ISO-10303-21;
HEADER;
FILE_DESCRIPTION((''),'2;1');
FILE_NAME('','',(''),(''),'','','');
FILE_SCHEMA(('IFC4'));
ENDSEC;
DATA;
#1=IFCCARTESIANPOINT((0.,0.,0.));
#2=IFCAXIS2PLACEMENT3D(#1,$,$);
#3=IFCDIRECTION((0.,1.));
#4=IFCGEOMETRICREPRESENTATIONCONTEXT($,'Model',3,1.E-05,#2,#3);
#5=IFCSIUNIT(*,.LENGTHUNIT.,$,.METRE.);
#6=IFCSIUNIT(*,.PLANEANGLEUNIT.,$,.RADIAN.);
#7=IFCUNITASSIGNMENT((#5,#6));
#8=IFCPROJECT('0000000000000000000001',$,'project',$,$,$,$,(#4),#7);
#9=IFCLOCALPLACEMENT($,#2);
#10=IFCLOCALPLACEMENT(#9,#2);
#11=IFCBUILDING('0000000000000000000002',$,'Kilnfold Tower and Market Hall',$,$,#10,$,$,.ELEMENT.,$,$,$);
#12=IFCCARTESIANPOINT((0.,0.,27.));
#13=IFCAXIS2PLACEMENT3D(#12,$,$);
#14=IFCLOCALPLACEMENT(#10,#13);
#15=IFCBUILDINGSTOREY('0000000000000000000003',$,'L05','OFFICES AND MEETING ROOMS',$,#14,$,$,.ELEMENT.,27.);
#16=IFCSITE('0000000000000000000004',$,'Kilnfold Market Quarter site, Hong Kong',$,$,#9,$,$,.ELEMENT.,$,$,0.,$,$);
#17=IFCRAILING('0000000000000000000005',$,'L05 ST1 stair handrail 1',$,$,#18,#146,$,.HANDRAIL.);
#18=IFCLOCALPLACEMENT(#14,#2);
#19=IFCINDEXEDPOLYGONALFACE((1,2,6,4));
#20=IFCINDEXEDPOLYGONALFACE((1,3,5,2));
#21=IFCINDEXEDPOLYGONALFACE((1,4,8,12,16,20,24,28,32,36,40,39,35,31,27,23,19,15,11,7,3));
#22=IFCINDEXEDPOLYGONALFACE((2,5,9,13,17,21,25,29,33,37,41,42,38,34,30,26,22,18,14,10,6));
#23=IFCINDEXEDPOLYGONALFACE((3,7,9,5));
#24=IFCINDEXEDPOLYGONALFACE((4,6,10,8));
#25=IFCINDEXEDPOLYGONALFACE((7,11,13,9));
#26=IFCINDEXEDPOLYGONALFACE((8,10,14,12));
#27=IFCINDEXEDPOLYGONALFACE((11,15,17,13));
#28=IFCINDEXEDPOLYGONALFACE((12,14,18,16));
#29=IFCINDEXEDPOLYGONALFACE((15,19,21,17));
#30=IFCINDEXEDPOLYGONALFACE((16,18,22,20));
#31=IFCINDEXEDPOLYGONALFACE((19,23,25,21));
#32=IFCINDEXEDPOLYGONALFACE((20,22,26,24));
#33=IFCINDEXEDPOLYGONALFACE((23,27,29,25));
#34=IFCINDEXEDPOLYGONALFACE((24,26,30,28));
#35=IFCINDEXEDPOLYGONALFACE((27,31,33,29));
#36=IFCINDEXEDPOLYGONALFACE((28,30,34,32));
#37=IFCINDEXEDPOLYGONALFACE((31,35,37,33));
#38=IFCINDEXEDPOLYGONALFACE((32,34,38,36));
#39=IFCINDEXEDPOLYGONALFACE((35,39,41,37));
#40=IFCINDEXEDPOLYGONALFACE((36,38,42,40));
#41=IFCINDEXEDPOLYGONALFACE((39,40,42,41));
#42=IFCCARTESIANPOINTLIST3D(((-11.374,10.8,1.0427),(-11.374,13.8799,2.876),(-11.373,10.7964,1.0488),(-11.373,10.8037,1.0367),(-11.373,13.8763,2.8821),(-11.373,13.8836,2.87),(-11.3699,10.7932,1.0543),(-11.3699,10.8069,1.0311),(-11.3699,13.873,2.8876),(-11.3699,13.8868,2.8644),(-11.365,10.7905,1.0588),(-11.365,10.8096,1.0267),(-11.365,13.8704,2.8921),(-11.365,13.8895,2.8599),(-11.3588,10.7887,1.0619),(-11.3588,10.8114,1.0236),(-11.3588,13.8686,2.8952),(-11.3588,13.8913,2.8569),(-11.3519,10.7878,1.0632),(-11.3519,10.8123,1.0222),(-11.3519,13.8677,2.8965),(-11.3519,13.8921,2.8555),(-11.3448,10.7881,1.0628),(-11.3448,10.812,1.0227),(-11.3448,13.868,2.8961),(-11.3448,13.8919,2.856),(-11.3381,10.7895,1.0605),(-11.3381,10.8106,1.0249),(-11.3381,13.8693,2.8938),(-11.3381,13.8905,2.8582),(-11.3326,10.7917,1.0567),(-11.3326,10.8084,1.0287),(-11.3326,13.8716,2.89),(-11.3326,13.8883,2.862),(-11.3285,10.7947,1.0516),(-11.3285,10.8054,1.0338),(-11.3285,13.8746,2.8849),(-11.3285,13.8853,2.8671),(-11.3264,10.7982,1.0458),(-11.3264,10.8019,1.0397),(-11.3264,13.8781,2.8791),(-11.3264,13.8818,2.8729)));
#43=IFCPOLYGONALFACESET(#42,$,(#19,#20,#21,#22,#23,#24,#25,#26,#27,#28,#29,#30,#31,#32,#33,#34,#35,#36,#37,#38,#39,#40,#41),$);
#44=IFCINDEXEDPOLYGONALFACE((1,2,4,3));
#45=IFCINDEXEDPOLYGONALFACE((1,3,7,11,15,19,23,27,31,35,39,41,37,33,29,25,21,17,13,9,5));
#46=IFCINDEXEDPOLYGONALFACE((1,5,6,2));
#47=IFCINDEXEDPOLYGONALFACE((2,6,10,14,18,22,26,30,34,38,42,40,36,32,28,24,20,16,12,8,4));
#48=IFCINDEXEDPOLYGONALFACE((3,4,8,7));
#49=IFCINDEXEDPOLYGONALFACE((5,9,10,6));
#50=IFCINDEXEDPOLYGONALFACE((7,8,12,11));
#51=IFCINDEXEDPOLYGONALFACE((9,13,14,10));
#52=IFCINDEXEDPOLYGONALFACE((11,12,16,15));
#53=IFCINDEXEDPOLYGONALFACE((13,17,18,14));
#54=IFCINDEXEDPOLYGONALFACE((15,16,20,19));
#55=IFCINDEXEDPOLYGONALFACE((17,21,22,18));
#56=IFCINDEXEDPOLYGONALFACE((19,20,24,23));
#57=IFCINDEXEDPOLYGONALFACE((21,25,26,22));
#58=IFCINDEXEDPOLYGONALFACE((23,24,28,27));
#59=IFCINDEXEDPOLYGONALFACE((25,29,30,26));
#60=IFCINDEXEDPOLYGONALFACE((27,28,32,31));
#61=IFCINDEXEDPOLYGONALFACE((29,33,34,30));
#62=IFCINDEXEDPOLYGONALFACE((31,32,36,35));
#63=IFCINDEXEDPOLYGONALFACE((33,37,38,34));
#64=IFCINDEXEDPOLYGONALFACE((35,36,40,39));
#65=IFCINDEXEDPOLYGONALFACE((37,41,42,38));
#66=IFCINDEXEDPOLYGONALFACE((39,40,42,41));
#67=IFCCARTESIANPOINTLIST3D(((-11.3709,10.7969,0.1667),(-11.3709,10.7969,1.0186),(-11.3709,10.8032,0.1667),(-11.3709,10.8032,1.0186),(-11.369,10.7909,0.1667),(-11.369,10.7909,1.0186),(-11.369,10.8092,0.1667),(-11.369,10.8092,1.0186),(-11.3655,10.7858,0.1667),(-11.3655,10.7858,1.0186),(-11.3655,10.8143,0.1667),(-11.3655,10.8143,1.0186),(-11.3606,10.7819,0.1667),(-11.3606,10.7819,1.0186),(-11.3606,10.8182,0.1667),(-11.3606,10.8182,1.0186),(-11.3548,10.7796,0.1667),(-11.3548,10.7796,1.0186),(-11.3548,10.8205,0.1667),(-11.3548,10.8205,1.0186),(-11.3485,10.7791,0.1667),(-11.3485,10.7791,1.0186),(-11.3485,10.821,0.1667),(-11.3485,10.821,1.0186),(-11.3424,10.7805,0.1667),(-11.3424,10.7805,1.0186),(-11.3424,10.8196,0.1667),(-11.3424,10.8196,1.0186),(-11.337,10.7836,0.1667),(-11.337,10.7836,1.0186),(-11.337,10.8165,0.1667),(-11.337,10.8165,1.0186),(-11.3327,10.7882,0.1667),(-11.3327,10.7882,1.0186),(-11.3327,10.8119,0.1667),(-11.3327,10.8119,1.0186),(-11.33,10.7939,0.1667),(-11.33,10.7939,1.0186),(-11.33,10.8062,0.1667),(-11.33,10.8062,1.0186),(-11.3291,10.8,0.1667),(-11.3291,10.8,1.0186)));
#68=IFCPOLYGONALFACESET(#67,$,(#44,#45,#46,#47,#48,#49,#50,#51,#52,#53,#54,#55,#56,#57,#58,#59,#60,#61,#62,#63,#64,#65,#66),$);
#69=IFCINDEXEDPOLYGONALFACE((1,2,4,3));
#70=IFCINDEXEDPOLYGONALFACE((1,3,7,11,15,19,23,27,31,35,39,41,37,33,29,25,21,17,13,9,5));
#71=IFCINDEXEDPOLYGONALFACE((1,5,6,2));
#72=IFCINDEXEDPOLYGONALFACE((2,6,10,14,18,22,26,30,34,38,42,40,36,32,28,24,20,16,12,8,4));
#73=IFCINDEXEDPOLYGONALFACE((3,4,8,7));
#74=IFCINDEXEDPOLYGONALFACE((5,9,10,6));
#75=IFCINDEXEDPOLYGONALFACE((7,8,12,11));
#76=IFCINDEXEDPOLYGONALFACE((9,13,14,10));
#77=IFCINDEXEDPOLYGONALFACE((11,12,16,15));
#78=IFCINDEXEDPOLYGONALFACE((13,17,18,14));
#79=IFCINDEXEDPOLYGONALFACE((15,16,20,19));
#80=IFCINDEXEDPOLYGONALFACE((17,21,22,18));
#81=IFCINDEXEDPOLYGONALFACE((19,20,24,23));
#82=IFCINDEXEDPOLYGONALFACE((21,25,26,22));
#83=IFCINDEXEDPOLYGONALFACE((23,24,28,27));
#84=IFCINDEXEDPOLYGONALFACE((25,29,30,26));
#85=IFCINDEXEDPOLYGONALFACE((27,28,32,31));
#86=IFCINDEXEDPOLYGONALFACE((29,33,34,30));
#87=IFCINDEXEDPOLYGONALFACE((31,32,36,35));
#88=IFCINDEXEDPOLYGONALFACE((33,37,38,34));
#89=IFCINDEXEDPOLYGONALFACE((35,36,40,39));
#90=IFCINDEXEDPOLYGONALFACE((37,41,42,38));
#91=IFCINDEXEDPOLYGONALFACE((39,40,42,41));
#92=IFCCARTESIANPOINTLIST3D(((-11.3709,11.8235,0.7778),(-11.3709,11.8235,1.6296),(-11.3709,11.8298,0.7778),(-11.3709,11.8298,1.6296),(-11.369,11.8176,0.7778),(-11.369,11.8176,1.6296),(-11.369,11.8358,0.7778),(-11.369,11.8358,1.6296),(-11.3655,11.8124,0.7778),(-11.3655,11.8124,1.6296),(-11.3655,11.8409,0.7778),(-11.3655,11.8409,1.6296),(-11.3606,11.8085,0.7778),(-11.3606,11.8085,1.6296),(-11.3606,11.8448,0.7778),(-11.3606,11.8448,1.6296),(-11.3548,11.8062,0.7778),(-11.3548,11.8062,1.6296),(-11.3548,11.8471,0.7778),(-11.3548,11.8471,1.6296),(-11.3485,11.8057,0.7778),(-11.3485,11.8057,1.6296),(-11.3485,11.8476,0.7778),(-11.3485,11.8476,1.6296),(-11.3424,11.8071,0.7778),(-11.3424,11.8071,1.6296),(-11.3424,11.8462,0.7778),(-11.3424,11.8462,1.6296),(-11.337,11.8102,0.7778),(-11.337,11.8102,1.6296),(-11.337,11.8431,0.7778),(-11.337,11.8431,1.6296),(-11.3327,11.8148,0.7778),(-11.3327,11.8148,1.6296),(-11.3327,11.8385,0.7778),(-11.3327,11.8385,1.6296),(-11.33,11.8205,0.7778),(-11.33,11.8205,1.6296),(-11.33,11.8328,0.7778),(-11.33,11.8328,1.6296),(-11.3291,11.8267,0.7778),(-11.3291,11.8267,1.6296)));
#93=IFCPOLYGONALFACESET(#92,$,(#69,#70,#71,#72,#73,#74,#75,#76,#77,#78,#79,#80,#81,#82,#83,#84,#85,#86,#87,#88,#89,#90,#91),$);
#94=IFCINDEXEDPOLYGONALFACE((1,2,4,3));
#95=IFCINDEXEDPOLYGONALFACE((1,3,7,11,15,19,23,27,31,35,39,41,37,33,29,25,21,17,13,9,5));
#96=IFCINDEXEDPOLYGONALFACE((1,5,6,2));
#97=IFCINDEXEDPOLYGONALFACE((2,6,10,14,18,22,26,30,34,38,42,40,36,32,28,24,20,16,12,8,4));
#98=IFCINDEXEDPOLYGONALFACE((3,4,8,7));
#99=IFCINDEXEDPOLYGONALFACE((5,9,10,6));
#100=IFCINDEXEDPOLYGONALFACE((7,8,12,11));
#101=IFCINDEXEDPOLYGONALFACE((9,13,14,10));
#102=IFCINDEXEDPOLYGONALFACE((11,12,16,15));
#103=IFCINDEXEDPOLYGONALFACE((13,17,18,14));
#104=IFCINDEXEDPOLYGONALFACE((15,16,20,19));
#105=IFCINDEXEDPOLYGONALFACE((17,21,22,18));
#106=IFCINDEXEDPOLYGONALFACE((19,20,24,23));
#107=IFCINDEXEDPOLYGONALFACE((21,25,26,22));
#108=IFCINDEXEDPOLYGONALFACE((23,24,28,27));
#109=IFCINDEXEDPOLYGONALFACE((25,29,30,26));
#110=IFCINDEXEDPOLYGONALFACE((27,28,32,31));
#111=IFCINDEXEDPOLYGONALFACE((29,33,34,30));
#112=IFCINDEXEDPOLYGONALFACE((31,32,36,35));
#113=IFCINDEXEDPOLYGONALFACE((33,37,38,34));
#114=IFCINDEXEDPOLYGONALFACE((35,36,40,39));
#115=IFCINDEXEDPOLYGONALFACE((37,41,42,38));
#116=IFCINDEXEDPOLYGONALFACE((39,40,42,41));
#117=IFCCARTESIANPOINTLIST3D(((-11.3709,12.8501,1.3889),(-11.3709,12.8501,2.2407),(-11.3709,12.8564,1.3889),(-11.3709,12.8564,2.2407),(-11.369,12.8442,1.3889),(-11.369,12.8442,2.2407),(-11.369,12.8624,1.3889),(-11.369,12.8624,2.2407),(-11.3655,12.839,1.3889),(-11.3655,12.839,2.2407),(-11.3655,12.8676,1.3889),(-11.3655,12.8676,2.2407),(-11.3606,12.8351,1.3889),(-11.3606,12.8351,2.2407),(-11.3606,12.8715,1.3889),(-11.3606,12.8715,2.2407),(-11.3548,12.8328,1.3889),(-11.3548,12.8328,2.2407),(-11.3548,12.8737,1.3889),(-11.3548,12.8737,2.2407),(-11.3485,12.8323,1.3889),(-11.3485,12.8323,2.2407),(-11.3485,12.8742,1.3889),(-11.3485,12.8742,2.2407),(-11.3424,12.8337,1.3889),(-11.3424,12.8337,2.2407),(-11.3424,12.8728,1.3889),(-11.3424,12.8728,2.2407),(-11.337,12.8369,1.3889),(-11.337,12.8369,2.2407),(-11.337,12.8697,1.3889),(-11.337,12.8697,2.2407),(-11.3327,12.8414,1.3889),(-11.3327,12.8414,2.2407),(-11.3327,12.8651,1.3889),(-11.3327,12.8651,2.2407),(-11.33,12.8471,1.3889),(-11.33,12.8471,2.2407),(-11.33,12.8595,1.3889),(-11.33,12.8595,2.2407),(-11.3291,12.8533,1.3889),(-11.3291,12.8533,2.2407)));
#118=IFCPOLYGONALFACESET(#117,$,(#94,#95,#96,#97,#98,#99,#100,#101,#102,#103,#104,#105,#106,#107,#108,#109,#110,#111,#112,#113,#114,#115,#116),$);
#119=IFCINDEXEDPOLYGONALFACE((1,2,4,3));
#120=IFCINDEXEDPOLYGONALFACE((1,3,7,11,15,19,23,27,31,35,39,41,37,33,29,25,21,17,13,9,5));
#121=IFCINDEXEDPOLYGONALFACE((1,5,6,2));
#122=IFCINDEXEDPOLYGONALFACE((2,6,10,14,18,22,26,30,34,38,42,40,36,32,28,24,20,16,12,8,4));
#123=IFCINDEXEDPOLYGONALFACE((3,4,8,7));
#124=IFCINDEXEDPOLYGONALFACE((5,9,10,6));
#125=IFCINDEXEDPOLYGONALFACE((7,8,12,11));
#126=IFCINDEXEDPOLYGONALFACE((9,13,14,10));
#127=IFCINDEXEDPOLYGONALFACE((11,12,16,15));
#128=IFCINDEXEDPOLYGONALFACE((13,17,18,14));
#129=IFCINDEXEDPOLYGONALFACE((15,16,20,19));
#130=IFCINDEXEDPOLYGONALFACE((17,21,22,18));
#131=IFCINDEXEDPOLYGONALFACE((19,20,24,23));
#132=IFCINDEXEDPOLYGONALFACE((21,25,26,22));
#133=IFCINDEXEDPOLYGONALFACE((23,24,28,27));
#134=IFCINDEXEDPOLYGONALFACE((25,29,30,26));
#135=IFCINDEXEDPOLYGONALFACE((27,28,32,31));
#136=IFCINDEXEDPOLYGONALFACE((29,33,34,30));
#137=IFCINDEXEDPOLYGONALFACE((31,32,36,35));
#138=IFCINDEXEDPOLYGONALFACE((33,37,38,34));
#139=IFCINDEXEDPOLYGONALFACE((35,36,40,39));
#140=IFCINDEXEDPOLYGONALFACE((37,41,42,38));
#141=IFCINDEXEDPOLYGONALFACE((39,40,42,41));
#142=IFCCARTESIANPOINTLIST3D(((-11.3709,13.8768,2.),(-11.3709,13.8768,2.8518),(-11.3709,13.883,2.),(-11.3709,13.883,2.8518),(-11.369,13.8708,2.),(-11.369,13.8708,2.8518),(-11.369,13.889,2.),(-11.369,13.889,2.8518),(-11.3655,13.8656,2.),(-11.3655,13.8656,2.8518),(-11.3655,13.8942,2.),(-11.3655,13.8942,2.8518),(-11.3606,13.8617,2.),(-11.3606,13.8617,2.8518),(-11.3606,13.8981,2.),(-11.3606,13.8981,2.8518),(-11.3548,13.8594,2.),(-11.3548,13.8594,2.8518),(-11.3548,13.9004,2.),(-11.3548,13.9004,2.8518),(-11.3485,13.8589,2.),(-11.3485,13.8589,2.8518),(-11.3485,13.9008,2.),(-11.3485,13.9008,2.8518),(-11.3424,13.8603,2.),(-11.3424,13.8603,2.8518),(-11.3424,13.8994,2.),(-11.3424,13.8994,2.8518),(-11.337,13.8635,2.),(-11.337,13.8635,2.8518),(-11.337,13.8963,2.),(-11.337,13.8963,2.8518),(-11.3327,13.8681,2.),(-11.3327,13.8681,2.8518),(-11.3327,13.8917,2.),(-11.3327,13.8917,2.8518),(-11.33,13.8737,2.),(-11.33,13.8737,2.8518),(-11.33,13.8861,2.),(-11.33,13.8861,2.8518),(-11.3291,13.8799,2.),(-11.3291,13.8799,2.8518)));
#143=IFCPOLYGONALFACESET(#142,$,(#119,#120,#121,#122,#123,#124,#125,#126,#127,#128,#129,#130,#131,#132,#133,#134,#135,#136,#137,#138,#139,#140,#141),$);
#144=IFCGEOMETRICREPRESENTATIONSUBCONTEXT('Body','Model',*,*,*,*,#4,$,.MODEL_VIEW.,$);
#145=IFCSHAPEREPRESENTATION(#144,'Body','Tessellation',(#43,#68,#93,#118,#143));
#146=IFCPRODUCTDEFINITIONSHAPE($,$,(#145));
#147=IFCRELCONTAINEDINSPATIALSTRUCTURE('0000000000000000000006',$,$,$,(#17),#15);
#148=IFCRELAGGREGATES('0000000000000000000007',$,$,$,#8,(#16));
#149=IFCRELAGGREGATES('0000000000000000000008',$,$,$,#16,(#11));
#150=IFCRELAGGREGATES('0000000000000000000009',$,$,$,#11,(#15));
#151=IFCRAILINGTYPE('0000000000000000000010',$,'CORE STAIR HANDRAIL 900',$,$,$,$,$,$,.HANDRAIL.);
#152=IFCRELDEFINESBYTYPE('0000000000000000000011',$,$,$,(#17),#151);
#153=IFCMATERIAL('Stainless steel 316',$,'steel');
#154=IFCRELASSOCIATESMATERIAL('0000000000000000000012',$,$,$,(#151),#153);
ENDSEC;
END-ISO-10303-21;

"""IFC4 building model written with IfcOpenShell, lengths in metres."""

from ifc_helpers import new_model, si_unit, direction, frame, origin, origin_2d, place, context, subcontext, project, spatial, circle, extrude, material, type_object, element, save


model = new_model("IFC4")

# Units and contexts
model_context = context("Model", 3, precision=1e-05, world=origin(), true_north=direction((0.0, 1.0)))
body_context = subcontext(model_context, "Body", "Model", "MODEL_VIEW")
ifc_project = project(units=[si_unit("LENGTHUNIT", "METRE"), si_unit("PLANEANGLEUNIT", "RADIAN")], contexts=[model_context])

# Site, building, storey
site_placement = place(None, origin())
site = spatial("IfcSite", under=ifc_project, at=site_placement, Name="Kilnfold Market Quarter site, Hong Kong", CompositionType="ELEMENT", RefElevation=0.0)
building_placement = place(site_placement, origin())
building = spatial("IfcBuilding", under=site, at=building_placement, Name="Kilnfold Tower and Market Hall", CompositionType="ELEMENT")
storey_placement = place(building_placement, frame((0.0, 0.0, 27.0)))
storey = spatial("IfcBuildingStorey", under=building, at=storey_placement, Name="L05", Description="OFFICES AND MEETING ROOMS", CompositionType="ELEMENT", Elevation=27.0)

# Railing
ifc_material_1 = material(Name="Stainless steel 316", Category="steel")
railing_type = type_object("IfcRailingType", Name="CORE STAIR HANDRAIL 900", PredefinedType="HANDRAIL", material=ifc_material_1)
railing_1_placement = place(storey_placement, frame((-11.3501, 10.8, 0.1667)))
element("IfcRailing", 1, at=railing_1_placement, inside=storey, type_object=railing_type, Name="L05 ST1 stair handrail 1", PredefinedType="HANDRAIL", context=body_context, shape_type="SweptSolid", body=[
    extrude(circle(Radius=0.0239, at=origin_2d()), frame((0.0, 0.0, 0.876), z_axis=(0.0, 0.859291, 0.511487), x_axis=(-1.0, 0.0, 0.0)), (0.0, 0.0, 1.0), 3.5842),
    extrude(circle(Radius=0.021, at=origin_2d()), origin(), (0.0, 0.0, 1.0), 0.8518),
    extrude(circle(Radius=0.021, at=origin_2d()), frame((0.0, 1.0266, 0.6111)), (0.0, 0.0, 1.0), 0.8518),
    extrude(circle(Radius=0.021, at=origin_2d()), frame((0.0, 2.0532, 1.2222)), (0.0, 0.0, 1.0), 0.8518),
    extrude(circle(Radius=0.021, at=origin_2d()), frame((0.0, 3.0798, 1.8333)), (0.0, 0.0, 1.0), 0.8518),
])

save(model, "model.ifc")
